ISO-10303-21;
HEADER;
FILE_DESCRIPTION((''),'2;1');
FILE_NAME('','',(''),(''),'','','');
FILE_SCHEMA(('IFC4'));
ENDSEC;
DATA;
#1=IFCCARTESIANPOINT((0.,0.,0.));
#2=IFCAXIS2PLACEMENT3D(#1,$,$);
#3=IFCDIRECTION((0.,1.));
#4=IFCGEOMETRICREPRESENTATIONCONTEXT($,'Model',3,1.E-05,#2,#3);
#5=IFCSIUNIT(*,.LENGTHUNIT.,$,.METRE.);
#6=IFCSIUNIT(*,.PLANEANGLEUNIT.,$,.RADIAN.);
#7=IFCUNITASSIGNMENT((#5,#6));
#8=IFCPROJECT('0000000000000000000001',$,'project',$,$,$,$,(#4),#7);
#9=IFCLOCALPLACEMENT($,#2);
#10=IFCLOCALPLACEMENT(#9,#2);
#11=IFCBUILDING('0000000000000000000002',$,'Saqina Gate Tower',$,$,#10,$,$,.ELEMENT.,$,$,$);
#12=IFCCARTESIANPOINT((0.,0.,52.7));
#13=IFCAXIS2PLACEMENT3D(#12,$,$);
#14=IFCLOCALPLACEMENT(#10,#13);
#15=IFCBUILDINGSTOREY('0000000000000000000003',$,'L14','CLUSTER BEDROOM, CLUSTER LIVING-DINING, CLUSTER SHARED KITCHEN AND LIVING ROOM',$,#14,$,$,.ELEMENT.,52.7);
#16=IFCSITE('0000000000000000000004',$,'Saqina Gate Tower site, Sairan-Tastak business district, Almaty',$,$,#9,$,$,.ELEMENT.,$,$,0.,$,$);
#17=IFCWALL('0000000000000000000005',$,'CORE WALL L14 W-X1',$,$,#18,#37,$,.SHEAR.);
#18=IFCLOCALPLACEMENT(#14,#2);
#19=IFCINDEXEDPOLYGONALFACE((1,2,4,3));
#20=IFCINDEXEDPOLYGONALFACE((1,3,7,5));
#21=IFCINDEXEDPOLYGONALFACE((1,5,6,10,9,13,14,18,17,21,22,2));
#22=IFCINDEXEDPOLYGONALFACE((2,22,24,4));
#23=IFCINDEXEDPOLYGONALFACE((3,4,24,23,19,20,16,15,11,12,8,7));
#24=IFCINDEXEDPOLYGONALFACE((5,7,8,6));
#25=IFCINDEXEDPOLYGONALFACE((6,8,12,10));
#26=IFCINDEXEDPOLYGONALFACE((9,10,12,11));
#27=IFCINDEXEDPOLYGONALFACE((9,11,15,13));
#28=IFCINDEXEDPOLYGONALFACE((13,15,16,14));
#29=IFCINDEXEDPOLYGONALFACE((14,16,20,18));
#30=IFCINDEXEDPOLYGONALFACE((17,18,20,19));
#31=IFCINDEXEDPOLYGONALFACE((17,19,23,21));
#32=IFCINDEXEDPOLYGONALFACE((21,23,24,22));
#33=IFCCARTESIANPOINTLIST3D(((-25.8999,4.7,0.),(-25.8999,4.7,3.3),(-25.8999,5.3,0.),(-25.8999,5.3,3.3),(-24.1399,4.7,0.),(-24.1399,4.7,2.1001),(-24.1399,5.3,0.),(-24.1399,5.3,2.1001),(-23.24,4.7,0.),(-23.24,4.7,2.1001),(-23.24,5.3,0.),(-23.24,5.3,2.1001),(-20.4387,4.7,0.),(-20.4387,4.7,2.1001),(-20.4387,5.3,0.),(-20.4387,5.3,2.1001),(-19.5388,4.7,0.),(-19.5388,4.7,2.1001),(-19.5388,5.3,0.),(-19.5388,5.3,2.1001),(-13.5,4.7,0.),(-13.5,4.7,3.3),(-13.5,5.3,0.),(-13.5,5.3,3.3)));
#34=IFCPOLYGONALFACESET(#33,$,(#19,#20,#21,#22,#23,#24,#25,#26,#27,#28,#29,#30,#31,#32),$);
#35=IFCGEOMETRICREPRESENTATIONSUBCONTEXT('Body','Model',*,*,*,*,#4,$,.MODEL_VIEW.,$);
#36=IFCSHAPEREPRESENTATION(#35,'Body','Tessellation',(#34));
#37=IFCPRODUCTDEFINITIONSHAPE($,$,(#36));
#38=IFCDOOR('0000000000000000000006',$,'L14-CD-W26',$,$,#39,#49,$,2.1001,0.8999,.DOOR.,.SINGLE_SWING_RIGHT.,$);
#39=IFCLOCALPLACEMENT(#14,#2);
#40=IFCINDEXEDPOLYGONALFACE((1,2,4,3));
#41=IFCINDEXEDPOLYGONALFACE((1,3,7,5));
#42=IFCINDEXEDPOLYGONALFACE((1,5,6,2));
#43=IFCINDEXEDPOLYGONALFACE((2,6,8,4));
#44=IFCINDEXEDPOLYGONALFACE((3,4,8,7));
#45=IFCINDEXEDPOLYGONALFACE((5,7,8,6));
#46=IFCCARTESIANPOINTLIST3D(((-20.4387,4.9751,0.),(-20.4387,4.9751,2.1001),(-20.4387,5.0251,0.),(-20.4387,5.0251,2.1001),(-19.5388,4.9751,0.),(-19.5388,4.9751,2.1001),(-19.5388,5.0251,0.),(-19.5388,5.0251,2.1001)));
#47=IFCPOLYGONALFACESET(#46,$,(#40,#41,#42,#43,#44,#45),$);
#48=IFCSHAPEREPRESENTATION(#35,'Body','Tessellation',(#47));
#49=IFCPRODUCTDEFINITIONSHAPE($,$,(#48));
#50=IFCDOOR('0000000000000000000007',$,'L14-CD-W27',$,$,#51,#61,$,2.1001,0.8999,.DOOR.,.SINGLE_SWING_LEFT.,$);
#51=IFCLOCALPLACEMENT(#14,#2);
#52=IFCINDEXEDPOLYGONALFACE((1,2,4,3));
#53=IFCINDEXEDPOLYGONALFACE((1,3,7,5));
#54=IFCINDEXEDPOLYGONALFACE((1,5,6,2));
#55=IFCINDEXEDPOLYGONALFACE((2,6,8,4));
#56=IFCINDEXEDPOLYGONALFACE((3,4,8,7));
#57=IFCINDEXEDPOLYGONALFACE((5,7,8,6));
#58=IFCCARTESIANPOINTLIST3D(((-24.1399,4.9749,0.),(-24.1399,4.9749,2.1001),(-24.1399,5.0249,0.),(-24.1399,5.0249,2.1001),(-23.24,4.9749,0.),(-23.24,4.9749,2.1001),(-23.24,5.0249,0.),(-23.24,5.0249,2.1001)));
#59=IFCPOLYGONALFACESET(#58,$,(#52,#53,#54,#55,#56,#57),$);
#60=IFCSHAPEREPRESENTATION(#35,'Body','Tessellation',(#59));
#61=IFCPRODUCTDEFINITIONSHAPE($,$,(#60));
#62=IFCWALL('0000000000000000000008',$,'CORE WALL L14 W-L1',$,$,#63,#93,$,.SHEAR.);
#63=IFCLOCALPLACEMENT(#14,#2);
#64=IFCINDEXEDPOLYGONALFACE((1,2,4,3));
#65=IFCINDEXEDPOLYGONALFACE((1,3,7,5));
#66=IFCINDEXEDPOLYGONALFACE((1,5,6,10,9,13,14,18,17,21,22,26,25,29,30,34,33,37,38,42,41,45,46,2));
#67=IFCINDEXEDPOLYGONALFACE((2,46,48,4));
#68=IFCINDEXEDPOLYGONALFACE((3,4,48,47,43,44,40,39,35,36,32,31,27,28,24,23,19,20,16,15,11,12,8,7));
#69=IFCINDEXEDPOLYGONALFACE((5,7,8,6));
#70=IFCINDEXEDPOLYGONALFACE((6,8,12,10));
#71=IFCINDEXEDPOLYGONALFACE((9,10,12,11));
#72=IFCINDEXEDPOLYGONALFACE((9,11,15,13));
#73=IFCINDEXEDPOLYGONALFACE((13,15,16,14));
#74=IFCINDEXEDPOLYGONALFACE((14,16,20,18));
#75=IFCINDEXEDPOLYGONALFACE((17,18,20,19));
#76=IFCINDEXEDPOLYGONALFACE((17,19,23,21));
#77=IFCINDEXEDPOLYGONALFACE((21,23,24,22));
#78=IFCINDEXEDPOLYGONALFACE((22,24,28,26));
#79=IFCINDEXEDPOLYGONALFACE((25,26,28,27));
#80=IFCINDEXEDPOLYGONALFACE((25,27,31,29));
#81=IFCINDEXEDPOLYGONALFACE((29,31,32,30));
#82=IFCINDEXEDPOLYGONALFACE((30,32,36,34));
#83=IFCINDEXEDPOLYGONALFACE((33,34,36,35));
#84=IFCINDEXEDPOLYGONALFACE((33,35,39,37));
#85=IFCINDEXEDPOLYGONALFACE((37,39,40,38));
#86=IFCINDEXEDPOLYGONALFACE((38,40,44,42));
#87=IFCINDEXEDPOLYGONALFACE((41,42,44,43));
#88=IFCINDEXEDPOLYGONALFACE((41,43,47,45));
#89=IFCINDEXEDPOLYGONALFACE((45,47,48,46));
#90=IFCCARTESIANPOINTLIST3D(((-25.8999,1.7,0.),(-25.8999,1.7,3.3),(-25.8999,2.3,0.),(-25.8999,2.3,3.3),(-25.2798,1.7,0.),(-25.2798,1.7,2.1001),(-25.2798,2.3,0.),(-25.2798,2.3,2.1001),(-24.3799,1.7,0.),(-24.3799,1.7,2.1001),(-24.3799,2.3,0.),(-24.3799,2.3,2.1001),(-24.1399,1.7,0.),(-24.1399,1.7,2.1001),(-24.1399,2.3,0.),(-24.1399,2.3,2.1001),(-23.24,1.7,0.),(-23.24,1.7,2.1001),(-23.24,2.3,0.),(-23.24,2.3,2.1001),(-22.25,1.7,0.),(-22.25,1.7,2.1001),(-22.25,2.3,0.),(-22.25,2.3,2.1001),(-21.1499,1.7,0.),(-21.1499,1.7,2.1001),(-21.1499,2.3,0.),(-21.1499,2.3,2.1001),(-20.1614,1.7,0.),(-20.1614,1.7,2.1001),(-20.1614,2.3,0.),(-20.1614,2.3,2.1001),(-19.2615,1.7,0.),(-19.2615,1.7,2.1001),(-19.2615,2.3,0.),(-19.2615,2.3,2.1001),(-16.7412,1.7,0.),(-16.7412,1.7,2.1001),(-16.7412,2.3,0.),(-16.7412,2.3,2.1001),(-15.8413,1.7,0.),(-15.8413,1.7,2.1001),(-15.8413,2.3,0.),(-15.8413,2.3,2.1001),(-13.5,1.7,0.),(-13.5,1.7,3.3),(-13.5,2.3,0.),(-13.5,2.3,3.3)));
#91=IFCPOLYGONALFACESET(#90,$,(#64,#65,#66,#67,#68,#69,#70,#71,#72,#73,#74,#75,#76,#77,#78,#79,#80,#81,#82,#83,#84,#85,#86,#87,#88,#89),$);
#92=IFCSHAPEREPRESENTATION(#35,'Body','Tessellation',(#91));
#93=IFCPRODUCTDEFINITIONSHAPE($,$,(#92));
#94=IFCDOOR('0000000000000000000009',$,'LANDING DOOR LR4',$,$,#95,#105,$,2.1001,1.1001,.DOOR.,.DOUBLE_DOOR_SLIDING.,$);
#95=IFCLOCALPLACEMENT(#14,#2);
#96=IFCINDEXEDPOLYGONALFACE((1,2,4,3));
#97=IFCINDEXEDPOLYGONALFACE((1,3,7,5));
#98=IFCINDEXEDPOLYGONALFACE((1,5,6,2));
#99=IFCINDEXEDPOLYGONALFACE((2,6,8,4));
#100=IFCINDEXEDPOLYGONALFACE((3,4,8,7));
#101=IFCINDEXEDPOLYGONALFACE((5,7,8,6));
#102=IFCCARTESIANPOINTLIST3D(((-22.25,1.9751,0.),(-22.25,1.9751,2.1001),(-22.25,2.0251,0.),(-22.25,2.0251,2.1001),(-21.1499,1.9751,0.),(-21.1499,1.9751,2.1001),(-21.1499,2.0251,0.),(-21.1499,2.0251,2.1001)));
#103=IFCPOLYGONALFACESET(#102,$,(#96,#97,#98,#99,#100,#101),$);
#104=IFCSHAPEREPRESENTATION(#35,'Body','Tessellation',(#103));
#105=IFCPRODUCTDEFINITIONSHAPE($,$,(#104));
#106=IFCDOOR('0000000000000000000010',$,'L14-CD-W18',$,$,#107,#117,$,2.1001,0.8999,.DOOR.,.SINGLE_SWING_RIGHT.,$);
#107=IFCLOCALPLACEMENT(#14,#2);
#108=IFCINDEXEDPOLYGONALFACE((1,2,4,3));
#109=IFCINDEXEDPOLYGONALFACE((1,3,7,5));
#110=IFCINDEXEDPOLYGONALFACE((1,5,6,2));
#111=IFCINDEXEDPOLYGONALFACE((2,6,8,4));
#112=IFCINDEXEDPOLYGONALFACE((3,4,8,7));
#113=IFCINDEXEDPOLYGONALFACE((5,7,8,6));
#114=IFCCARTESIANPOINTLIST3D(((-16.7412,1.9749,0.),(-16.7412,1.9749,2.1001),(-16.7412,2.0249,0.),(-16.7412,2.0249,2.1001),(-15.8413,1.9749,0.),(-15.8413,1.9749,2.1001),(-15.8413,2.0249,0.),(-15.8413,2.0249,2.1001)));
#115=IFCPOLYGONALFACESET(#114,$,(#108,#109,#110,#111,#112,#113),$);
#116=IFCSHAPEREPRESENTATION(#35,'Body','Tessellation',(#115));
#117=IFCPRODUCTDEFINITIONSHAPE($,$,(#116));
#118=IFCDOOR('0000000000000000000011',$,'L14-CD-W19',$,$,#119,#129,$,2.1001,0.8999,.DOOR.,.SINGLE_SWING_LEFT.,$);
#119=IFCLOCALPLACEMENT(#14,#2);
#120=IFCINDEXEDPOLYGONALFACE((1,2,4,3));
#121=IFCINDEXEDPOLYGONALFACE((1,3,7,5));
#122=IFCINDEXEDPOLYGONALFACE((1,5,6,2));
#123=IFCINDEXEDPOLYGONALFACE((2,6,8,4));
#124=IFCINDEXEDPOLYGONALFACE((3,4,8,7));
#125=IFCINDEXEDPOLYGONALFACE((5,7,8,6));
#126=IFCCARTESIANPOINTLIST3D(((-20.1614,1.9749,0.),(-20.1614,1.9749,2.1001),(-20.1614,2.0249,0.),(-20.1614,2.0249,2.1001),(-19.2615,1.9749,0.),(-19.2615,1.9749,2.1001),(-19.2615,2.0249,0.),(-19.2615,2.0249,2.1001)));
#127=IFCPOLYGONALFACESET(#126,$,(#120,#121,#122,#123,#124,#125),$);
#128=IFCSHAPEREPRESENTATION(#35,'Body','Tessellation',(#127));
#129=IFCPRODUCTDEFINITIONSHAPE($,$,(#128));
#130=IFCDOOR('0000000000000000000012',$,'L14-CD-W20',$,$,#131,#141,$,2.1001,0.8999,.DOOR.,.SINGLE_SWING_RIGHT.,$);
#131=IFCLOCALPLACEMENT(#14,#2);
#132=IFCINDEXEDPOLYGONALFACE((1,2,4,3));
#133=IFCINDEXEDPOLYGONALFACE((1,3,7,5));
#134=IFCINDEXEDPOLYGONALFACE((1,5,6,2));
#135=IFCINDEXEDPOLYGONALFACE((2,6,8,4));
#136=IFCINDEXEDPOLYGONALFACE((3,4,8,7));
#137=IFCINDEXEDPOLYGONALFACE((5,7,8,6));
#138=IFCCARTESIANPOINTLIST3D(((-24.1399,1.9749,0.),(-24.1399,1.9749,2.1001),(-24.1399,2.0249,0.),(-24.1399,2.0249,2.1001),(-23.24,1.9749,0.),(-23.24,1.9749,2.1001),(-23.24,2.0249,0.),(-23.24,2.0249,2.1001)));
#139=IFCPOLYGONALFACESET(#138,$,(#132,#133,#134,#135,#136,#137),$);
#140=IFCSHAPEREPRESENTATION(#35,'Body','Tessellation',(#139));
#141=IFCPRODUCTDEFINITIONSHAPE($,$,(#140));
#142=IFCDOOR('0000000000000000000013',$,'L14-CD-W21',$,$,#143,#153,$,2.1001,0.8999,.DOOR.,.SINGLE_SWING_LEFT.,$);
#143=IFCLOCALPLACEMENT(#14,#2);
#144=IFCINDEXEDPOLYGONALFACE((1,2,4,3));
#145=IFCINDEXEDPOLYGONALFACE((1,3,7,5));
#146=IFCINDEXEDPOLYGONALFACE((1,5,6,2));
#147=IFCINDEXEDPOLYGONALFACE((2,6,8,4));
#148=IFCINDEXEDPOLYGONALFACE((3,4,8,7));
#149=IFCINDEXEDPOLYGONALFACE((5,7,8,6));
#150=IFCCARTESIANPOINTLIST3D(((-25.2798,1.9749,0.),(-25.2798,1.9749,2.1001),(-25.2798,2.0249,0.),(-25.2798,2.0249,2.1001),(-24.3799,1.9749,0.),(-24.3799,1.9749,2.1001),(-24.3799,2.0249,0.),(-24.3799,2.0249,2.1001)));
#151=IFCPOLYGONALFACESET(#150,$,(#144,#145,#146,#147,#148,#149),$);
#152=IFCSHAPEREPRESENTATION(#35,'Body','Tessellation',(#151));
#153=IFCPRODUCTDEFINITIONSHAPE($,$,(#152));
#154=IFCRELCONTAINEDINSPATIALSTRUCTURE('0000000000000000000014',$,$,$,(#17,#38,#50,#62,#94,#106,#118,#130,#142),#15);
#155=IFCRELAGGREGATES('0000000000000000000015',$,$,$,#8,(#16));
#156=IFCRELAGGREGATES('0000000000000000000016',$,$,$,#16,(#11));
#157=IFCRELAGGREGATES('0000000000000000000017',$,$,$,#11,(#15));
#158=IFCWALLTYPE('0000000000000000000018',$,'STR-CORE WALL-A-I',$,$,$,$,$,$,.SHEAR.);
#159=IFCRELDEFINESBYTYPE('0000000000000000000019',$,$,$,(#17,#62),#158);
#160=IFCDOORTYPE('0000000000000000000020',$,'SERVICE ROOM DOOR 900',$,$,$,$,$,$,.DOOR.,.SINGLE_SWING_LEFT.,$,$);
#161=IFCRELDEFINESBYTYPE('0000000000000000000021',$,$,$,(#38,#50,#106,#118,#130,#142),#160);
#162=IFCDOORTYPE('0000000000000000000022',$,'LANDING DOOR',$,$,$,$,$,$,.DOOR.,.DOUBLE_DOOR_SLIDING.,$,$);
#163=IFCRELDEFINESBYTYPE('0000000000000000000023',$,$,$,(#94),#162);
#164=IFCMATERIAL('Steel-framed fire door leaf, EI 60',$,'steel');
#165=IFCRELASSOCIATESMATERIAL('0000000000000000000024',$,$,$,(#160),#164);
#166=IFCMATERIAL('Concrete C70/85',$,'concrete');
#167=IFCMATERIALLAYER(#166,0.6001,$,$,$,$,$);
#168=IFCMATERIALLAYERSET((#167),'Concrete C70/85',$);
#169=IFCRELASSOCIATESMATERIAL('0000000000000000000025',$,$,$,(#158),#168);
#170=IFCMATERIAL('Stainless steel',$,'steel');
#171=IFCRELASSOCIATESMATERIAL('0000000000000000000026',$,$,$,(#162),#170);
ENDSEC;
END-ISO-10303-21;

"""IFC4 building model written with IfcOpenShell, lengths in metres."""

from ifc_helpers import new_model, si_unit, direction, frame, frame_2d, origin, place, context, subcontext, project, spatial, rectangle, extrude, material, layer, layer_set, type_object, element, fill, save


model = new_model("IFC4")

# Units and contexts
model_context = context("Model", 3, precision=1e-05, world=origin(), true_north=direction((0.0, 1.0)))
body_context = subcontext(model_context, "Body", "Model", "MODEL_VIEW")
ifc_project = project(units=[si_unit("LENGTHUNIT", "METRE"), si_unit("PLANEANGLEUNIT", "RADIAN")], contexts=[model_context])

# Site, building, storey
site_placement = place(None, origin())
site = spatial("IfcSite", under=ifc_project, at=site_placement, Name="Saqina Gate Tower site, Sairan-Tastak business district, Almaty", CompositionType="ELEMENT", RefElevation=0.0)
building_placement = place(site_placement, origin())
building = spatial("IfcBuilding", under=site, at=building_placement, Name="Saqina Gate Tower", CompositionType="ELEMENT")
storey_placement = place(building_placement, frame((0.0, 0.0, 52.7)))
storey = spatial("IfcBuildingStorey", under=building, at=storey_placement, Name="L14", Description="CLUSTER BEDROOM, CLUSTER LIVING-DINING, CLUSTER SHARED KITCHEN AND LIVING ROOM", CompositionType="ELEMENT", Elevation=52.7)

# Shared definitions
ifc_material_1 = material(Name="Steel-framed fire door leaf, EI 60", Category="steel")
door_type_1 = type_object("IfcDoorType", Name="SERVICE ROOM DOOR 900", OperationType="SINGLE_SWING_LEFT", PredefinedType="DOOR", material=ifc_material_1)

# Walls, openings, doors
ifc_material_2 = material(Name="Concrete C70/85", Category="concrete")
ifc_layer_1 = layer(ifc_material_2, 0.6001)
ifc_layer_set_1 = layer_set([ifc_layer_1], Name="Concrete C70/85")
wall_type_1 = type_object("IfcWallType", Name="STR-CORE WALL-A-I", PredefinedType="SHEAR", material=ifc_layer_set_1)
wall_1_placement = place(storey_placement, frame((-13.5, 5.0, 0.0), z_axis=(0.0, 0.0, 1.0), x_axis=(-1.0, 0.0, 0.0)))
wall_1 = element("IfcWall", 1, at=wall_1_placement, inside=storey, type_object=wall_type_1, Name="CORE WALL L14 W-X1", PredefinedType="SHEAR", context=body_context, shape_type="SweptSolid", body=[
    extrude(rectangle(XDim=12.3999, YDim=0.6001, at=frame_2d((6.2, 0.0))), origin(), (0.0, 0.0, 1.0), 3.3),
])
opening_1_placement = place(wall_1_placement, frame((6.0388, 0.0, 0.0)))
opening_1 = element("IfcOpeningElement", 2, at=opening_1_placement, cuts=wall_1, PredefinedType="OPENING", context=body_context, shape_type="SweptSolid", body=[
    extrude(rectangle(XDim=0.8999, YDim=2.1001, at=frame_2d((0.45, 1.05))), frame((0.0, 0.312, 0.0), z_axis=(0.0, -1.0, 0.0), x_axis=(1.0, 0.0, 0.0)), (0.0, 0.0, 1.0), 0.624),
])
opening_2_placement = place(wall_1_placement, frame((9.74, 0.0, 0.0)))
opening_2 = element("IfcOpeningElement", 3, at=opening_2_placement, cuts=wall_1, PredefinedType="OPENING", context=body_context, shape_type="SweptSolid", body=[
    extrude(rectangle(XDim=0.8999, YDim=2.1001, at=frame_2d((0.45, 1.05))), frame((0.0, 0.312, 0.0), z_axis=(0.0, -1.0, 0.0), x_axis=(1.0, 0.0, 0.0)), (0.0, 0.0, 1.0), 0.624),
])
door_1_placement = place(opening_1_placement, origin())
door_1 = element("IfcDoor", 4, at=door_1_placement, inside=storey, type_object=door_type_1, Name="L14-CD-W26", OperationType="SINGLE_SWING_RIGHT", OverallHeight=2.1001, OverallWidth=0.8999, PredefinedType="DOOR", context=body_context, shape_type="SweptSolid", body=[
    extrude(rectangle(XDim=0.8999, YDim=2.1001, at=frame_2d((0.45, 1.05))), frame((0.0, 0.0249, 0.0), z_axis=(0.0, -1.0, 0.0), x_axis=(1.0, 0.0, 0.0)), (0.0, 0.0, 1.0), 0.05),
])
fill(opening_1, door_1)
door_2_placement = place(opening_2_placement, frame((0.8999, 0.0, 0.0), z_axis=(0.0, 0.0, 1.0), x_axis=(-1.0, 0.0, 0.0)))
door_2 = element("IfcDoor", 5, at=door_2_placement, inside=storey, type_object=door_type_1, Name="L14-CD-W27", OperationType="SINGLE_SWING_LEFT", OverallHeight=2.1001, OverallWidth=0.8999, PredefinedType="DOOR", context=body_context, shape_type="SweptSolid", body=[
    extrude(rectangle(XDim=0.8999, YDim=2.1001, at=frame_2d((0.45, 1.05))), frame((0.0, 0.0249, 0.0), z_axis=(0.0, -1.0, 0.0), x_axis=(1.0, 0.0, 0.0)), (0.0, 0.0, 1.0), 0.05),
])
fill(opening_2, door_2)
wall_2_placement = place(storey_placement, frame((-13.5, 2.0, 0.0), z_axis=(0.0, 0.0, 1.0), x_axis=(-1.0, 0.0, 0.0)))
wall_2 = element("IfcWall", 6, at=wall_2_placement, inside=storey, type_object=wall_type_1, Name="CORE WALL L14 W-L1", PredefinedType="SHEAR", context=body_context, shape_type="SweptSolid", body=[
    extrude(rectangle(XDim=12.3999, YDim=0.6001, at=frame_2d((6.2, 0.0))), origin(), (0.0, 0.0, 1.0), 3.3),
])
opening_3_placement = place(wall_2_placement, frame((7.6499, 0.0, 0.0)))
opening_3 = element("IfcOpeningElement", 7, at=opening_3_placement, cuts=wall_2, PredefinedType="OPENING", context=body_context, shape_type="SweptSolid", body=[
    extrude(rectangle(XDim=1.1001, YDim=2.1001, at=frame_2d((0.55, 1.05))), frame((0.0, 0.312, 0.0), z_axis=(0.0, -1.0, 0.0), x_axis=(1.0, 0.0, 0.0)), (0.0, 0.0, 1.0), 0.624),
])
opening_4_placement = place(wall_2_placement, frame((2.3413, 0.0, 0.0)))
opening_4 = element("IfcOpeningElement", 8, at=opening_4_placement, cuts=wall_2, PredefinedType="OPENING", context=body_context, shape_type="SweptSolid", body=[
    extrude(rectangle(XDim=0.8999, YDim=2.1001, at=frame_2d((0.45, 1.05))), frame((0.0, 0.312, 0.0), z_axis=(0.0, -1.0, 0.0), x_axis=(1.0, 0.0, 0.0)), (0.0, 0.0, 1.0), 0.624),
])
opening_5_placement = place(wall_2_placement, frame((5.7615, 0.0, 0.0)))
opening_5 = element("IfcOpeningElement", 9, at=opening_5_placement, cuts=wall_2, PredefinedType="OPENING", context=body_context, shape_type="SweptSolid", body=[
    extrude(rectangle(XDim=0.8999, YDim=2.1001, at=frame_2d((0.45, 1.05))), frame((0.0, 0.312, 0.0), z_axis=(0.0, -1.0, 0.0), x_axis=(1.0, 0.0, 0.0)), (0.0, 0.0, 1.0), 0.624),
])
opening_6_placement = place(wall_2_placement, frame((9.74, 0.0, 0.0)))
opening_6 = element("IfcOpeningElement", 10, at=opening_6_placement, cuts=wall_2, PredefinedType="OPENING", context=body_context, shape_type="SweptSolid", body=[
    extrude(rectangle(XDim=0.8999, YDim=2.1001, at=frame_2d((0.45, 1.05))), frame((0.0, 0.312, 0.0), z_axis=(0.0, -1.0, 0.0), x_axis=(1.0, 0.0, 0.0)), (0.0, 0.0, 1.0), 0.624),
])
opening_7_placement = place(wall_2_placement, frame((10.8799, 0.0, 0.0)))
opening_7 = element("IfcOpeningElement", 11, at=opening_7_placement, cuts=wall_2, PredefinedType="OPENING", context=body_context, shape_type="SweptSolid", body=[
    extrude(rectangle(XDim=0.8999, YDim=2.1001, at=frame_2d((0.45, 1.05))), frame((0.0, 0.312, 0.0), z_axis=(0.0, -1.0, 0.0), x_axis=(1.0, 0.0, 0.0)), (0.0, 0.0, 1.0), 0.624),
])
ifc_material_3 = material(Name="Stainless steel", Category="steel")
door_type_2 = type_object("IfcDoorType", Name="LANDING DOOR", OperationType="DOUBLE_DOOR_SLIDING", PredefinedType="DOOR", material=ifc_material_3)
door_3_placement = place(opening_3_placement, origin())
door_3 = element("IfcDoor", 12, at=door_3_placement, inside=storey, type_object=door_type_2, Name="LANDING DOOR LR4", OperationType="DOUBLE_DOOR_SLIDING", OverallHeight=2.1001, OverallWidth=1.1001, PredefinedType="DOOR", context=body_context, shape_type="SweptSolid", body=[
    extrude(rectangle(XDim=1.1001, YDim=2.1001, at=frame_2d((0.55, 1.05))), frame((0.0, 0.0249, 0.0), z_axis=(0.0, -1.0, 0.0), x_axis=(1.0, 0.0, 0.0)), (0.0, 0.0, 1.0), 0.05),
])
fill(opening_3, door_3)
door_4_placement = place(opening_4_placement, frame((0.8999, 0.0, 0.0), z_axis=(0.0, 0.0, 1.0), x_axis=(-1.0, 0.0, 0.0)))
door_4 = element("IfcDoor", 13, at=door_4_placement, inside=storey, type_object=door_type_1, Name="L14-CD-W18", OperationType="SINGLE_SWING_RIGHT", OverallHeight=2.1001, OverallWidth=0.8999, PredefinedType="DOOR", context=body_context, shape_type="SweptSolid", body=[
    extrude(rectangle(XDim=0.8999, YDim=2.1001, at=frame_2d((0.45, 1.05))), frame((0.0, 0.0249, 0.0), z_axis=(0.0, -1.0, 0.0), x_axis=(1.0, 0.0, 0.0)), (0.0, 0.0, 1.0), 0.05),
])
fill(opening_4, door_4)
door_5_placement = place(opening_5_placement, frame((0.8999, 0.0, 0.0), z_axis=(0.0, 0.0, 1.0), x_axis=(-1.0, 0.0, 0.0)))
door_5 = element("IfcDoor", 14, at=door_5_placement, inside=storey, type_object=door_type_1, Name="L14-CD-W19", OperationType="SINGLE_SWING_LEFT", OverallHeight=2.1001, OverallWidth=0.8999, PredefinedType="DOOR", context=body_context, shape_type="SweptSolid", body=[
    extrude(rectangle(XDim=0.8999, YDim=2.1001, at=frame_2d((0.45, 1.05))), frame((0.0, 0.0249, 0.0), z_axis=(0.0, -1.0, 0.0), x_axis=(1.0, 0.0, 0.0)), (0.0, 0.0, 1.0), 0.05),
])
fill(opening_5, door_5)
door_6_placement = place(opening_6_placement, frame((0.8999, 0.0, 0.0), z_axis=(0.0, 0.0, 1.0), x_axis=(-1.0, 0.0, 0.0)))
door_6 = element("IfcDoor", 15, at=door_6_placement, inside=storey, type_object=door_type_1, Name="L14-CD-W20", OperationType="SINGLE_SWING_RIGHT", OverallHeight=2.1001, OverallWidth=0.8999, PredefinedType="DOOR", context=body_context, shape_type="SweptSolid", body=[
    extrude(rectangle(XDim=0.8999, YDim=2.1001, at=frame_2d((0.45, 1.05))), frame((0.0, 0.0249, 0.0), z_axis=(0.0, -1.0, 0.0), x_axis=(1.0, 0.0, 0.0)), (0.0, 0.0, 1.0), 0.05),
])
fill(opening_6, door_6)
door_7_placement = place(opening_7_placement, frame((0.8999, 0.0, 0.0), z_axis=(0.0, 0.0, 1.0), x_axis=(-1.0, 0.0, 0.0)))
door_7 = element("IfcDoor", 16, at=door_7_placement, inside=storey, type_object=door_type_1, Name="L14-CD-W21", OperationType="SINGLE_SWING_LEFT", OverallHeight=2.1001, OverallWidth=0.8999, PredefinedType="DOOR", context=body_context, shape_type="SweptSolid", body=[
    extrude(rectangle(XDim=0.8999, YDim=2.1001, at=frame_2d((0.45, 1.05))), frame((0.0, 0.0249, 0.0), z_axis=(0.0, -1.0, 0.0), x_axis=(1.0, 0.0, 0.0)), (0.0, 0.0, 1.0), 0.05),
])
fill(opening_7, door_7)

save(model, "model.ifc")
